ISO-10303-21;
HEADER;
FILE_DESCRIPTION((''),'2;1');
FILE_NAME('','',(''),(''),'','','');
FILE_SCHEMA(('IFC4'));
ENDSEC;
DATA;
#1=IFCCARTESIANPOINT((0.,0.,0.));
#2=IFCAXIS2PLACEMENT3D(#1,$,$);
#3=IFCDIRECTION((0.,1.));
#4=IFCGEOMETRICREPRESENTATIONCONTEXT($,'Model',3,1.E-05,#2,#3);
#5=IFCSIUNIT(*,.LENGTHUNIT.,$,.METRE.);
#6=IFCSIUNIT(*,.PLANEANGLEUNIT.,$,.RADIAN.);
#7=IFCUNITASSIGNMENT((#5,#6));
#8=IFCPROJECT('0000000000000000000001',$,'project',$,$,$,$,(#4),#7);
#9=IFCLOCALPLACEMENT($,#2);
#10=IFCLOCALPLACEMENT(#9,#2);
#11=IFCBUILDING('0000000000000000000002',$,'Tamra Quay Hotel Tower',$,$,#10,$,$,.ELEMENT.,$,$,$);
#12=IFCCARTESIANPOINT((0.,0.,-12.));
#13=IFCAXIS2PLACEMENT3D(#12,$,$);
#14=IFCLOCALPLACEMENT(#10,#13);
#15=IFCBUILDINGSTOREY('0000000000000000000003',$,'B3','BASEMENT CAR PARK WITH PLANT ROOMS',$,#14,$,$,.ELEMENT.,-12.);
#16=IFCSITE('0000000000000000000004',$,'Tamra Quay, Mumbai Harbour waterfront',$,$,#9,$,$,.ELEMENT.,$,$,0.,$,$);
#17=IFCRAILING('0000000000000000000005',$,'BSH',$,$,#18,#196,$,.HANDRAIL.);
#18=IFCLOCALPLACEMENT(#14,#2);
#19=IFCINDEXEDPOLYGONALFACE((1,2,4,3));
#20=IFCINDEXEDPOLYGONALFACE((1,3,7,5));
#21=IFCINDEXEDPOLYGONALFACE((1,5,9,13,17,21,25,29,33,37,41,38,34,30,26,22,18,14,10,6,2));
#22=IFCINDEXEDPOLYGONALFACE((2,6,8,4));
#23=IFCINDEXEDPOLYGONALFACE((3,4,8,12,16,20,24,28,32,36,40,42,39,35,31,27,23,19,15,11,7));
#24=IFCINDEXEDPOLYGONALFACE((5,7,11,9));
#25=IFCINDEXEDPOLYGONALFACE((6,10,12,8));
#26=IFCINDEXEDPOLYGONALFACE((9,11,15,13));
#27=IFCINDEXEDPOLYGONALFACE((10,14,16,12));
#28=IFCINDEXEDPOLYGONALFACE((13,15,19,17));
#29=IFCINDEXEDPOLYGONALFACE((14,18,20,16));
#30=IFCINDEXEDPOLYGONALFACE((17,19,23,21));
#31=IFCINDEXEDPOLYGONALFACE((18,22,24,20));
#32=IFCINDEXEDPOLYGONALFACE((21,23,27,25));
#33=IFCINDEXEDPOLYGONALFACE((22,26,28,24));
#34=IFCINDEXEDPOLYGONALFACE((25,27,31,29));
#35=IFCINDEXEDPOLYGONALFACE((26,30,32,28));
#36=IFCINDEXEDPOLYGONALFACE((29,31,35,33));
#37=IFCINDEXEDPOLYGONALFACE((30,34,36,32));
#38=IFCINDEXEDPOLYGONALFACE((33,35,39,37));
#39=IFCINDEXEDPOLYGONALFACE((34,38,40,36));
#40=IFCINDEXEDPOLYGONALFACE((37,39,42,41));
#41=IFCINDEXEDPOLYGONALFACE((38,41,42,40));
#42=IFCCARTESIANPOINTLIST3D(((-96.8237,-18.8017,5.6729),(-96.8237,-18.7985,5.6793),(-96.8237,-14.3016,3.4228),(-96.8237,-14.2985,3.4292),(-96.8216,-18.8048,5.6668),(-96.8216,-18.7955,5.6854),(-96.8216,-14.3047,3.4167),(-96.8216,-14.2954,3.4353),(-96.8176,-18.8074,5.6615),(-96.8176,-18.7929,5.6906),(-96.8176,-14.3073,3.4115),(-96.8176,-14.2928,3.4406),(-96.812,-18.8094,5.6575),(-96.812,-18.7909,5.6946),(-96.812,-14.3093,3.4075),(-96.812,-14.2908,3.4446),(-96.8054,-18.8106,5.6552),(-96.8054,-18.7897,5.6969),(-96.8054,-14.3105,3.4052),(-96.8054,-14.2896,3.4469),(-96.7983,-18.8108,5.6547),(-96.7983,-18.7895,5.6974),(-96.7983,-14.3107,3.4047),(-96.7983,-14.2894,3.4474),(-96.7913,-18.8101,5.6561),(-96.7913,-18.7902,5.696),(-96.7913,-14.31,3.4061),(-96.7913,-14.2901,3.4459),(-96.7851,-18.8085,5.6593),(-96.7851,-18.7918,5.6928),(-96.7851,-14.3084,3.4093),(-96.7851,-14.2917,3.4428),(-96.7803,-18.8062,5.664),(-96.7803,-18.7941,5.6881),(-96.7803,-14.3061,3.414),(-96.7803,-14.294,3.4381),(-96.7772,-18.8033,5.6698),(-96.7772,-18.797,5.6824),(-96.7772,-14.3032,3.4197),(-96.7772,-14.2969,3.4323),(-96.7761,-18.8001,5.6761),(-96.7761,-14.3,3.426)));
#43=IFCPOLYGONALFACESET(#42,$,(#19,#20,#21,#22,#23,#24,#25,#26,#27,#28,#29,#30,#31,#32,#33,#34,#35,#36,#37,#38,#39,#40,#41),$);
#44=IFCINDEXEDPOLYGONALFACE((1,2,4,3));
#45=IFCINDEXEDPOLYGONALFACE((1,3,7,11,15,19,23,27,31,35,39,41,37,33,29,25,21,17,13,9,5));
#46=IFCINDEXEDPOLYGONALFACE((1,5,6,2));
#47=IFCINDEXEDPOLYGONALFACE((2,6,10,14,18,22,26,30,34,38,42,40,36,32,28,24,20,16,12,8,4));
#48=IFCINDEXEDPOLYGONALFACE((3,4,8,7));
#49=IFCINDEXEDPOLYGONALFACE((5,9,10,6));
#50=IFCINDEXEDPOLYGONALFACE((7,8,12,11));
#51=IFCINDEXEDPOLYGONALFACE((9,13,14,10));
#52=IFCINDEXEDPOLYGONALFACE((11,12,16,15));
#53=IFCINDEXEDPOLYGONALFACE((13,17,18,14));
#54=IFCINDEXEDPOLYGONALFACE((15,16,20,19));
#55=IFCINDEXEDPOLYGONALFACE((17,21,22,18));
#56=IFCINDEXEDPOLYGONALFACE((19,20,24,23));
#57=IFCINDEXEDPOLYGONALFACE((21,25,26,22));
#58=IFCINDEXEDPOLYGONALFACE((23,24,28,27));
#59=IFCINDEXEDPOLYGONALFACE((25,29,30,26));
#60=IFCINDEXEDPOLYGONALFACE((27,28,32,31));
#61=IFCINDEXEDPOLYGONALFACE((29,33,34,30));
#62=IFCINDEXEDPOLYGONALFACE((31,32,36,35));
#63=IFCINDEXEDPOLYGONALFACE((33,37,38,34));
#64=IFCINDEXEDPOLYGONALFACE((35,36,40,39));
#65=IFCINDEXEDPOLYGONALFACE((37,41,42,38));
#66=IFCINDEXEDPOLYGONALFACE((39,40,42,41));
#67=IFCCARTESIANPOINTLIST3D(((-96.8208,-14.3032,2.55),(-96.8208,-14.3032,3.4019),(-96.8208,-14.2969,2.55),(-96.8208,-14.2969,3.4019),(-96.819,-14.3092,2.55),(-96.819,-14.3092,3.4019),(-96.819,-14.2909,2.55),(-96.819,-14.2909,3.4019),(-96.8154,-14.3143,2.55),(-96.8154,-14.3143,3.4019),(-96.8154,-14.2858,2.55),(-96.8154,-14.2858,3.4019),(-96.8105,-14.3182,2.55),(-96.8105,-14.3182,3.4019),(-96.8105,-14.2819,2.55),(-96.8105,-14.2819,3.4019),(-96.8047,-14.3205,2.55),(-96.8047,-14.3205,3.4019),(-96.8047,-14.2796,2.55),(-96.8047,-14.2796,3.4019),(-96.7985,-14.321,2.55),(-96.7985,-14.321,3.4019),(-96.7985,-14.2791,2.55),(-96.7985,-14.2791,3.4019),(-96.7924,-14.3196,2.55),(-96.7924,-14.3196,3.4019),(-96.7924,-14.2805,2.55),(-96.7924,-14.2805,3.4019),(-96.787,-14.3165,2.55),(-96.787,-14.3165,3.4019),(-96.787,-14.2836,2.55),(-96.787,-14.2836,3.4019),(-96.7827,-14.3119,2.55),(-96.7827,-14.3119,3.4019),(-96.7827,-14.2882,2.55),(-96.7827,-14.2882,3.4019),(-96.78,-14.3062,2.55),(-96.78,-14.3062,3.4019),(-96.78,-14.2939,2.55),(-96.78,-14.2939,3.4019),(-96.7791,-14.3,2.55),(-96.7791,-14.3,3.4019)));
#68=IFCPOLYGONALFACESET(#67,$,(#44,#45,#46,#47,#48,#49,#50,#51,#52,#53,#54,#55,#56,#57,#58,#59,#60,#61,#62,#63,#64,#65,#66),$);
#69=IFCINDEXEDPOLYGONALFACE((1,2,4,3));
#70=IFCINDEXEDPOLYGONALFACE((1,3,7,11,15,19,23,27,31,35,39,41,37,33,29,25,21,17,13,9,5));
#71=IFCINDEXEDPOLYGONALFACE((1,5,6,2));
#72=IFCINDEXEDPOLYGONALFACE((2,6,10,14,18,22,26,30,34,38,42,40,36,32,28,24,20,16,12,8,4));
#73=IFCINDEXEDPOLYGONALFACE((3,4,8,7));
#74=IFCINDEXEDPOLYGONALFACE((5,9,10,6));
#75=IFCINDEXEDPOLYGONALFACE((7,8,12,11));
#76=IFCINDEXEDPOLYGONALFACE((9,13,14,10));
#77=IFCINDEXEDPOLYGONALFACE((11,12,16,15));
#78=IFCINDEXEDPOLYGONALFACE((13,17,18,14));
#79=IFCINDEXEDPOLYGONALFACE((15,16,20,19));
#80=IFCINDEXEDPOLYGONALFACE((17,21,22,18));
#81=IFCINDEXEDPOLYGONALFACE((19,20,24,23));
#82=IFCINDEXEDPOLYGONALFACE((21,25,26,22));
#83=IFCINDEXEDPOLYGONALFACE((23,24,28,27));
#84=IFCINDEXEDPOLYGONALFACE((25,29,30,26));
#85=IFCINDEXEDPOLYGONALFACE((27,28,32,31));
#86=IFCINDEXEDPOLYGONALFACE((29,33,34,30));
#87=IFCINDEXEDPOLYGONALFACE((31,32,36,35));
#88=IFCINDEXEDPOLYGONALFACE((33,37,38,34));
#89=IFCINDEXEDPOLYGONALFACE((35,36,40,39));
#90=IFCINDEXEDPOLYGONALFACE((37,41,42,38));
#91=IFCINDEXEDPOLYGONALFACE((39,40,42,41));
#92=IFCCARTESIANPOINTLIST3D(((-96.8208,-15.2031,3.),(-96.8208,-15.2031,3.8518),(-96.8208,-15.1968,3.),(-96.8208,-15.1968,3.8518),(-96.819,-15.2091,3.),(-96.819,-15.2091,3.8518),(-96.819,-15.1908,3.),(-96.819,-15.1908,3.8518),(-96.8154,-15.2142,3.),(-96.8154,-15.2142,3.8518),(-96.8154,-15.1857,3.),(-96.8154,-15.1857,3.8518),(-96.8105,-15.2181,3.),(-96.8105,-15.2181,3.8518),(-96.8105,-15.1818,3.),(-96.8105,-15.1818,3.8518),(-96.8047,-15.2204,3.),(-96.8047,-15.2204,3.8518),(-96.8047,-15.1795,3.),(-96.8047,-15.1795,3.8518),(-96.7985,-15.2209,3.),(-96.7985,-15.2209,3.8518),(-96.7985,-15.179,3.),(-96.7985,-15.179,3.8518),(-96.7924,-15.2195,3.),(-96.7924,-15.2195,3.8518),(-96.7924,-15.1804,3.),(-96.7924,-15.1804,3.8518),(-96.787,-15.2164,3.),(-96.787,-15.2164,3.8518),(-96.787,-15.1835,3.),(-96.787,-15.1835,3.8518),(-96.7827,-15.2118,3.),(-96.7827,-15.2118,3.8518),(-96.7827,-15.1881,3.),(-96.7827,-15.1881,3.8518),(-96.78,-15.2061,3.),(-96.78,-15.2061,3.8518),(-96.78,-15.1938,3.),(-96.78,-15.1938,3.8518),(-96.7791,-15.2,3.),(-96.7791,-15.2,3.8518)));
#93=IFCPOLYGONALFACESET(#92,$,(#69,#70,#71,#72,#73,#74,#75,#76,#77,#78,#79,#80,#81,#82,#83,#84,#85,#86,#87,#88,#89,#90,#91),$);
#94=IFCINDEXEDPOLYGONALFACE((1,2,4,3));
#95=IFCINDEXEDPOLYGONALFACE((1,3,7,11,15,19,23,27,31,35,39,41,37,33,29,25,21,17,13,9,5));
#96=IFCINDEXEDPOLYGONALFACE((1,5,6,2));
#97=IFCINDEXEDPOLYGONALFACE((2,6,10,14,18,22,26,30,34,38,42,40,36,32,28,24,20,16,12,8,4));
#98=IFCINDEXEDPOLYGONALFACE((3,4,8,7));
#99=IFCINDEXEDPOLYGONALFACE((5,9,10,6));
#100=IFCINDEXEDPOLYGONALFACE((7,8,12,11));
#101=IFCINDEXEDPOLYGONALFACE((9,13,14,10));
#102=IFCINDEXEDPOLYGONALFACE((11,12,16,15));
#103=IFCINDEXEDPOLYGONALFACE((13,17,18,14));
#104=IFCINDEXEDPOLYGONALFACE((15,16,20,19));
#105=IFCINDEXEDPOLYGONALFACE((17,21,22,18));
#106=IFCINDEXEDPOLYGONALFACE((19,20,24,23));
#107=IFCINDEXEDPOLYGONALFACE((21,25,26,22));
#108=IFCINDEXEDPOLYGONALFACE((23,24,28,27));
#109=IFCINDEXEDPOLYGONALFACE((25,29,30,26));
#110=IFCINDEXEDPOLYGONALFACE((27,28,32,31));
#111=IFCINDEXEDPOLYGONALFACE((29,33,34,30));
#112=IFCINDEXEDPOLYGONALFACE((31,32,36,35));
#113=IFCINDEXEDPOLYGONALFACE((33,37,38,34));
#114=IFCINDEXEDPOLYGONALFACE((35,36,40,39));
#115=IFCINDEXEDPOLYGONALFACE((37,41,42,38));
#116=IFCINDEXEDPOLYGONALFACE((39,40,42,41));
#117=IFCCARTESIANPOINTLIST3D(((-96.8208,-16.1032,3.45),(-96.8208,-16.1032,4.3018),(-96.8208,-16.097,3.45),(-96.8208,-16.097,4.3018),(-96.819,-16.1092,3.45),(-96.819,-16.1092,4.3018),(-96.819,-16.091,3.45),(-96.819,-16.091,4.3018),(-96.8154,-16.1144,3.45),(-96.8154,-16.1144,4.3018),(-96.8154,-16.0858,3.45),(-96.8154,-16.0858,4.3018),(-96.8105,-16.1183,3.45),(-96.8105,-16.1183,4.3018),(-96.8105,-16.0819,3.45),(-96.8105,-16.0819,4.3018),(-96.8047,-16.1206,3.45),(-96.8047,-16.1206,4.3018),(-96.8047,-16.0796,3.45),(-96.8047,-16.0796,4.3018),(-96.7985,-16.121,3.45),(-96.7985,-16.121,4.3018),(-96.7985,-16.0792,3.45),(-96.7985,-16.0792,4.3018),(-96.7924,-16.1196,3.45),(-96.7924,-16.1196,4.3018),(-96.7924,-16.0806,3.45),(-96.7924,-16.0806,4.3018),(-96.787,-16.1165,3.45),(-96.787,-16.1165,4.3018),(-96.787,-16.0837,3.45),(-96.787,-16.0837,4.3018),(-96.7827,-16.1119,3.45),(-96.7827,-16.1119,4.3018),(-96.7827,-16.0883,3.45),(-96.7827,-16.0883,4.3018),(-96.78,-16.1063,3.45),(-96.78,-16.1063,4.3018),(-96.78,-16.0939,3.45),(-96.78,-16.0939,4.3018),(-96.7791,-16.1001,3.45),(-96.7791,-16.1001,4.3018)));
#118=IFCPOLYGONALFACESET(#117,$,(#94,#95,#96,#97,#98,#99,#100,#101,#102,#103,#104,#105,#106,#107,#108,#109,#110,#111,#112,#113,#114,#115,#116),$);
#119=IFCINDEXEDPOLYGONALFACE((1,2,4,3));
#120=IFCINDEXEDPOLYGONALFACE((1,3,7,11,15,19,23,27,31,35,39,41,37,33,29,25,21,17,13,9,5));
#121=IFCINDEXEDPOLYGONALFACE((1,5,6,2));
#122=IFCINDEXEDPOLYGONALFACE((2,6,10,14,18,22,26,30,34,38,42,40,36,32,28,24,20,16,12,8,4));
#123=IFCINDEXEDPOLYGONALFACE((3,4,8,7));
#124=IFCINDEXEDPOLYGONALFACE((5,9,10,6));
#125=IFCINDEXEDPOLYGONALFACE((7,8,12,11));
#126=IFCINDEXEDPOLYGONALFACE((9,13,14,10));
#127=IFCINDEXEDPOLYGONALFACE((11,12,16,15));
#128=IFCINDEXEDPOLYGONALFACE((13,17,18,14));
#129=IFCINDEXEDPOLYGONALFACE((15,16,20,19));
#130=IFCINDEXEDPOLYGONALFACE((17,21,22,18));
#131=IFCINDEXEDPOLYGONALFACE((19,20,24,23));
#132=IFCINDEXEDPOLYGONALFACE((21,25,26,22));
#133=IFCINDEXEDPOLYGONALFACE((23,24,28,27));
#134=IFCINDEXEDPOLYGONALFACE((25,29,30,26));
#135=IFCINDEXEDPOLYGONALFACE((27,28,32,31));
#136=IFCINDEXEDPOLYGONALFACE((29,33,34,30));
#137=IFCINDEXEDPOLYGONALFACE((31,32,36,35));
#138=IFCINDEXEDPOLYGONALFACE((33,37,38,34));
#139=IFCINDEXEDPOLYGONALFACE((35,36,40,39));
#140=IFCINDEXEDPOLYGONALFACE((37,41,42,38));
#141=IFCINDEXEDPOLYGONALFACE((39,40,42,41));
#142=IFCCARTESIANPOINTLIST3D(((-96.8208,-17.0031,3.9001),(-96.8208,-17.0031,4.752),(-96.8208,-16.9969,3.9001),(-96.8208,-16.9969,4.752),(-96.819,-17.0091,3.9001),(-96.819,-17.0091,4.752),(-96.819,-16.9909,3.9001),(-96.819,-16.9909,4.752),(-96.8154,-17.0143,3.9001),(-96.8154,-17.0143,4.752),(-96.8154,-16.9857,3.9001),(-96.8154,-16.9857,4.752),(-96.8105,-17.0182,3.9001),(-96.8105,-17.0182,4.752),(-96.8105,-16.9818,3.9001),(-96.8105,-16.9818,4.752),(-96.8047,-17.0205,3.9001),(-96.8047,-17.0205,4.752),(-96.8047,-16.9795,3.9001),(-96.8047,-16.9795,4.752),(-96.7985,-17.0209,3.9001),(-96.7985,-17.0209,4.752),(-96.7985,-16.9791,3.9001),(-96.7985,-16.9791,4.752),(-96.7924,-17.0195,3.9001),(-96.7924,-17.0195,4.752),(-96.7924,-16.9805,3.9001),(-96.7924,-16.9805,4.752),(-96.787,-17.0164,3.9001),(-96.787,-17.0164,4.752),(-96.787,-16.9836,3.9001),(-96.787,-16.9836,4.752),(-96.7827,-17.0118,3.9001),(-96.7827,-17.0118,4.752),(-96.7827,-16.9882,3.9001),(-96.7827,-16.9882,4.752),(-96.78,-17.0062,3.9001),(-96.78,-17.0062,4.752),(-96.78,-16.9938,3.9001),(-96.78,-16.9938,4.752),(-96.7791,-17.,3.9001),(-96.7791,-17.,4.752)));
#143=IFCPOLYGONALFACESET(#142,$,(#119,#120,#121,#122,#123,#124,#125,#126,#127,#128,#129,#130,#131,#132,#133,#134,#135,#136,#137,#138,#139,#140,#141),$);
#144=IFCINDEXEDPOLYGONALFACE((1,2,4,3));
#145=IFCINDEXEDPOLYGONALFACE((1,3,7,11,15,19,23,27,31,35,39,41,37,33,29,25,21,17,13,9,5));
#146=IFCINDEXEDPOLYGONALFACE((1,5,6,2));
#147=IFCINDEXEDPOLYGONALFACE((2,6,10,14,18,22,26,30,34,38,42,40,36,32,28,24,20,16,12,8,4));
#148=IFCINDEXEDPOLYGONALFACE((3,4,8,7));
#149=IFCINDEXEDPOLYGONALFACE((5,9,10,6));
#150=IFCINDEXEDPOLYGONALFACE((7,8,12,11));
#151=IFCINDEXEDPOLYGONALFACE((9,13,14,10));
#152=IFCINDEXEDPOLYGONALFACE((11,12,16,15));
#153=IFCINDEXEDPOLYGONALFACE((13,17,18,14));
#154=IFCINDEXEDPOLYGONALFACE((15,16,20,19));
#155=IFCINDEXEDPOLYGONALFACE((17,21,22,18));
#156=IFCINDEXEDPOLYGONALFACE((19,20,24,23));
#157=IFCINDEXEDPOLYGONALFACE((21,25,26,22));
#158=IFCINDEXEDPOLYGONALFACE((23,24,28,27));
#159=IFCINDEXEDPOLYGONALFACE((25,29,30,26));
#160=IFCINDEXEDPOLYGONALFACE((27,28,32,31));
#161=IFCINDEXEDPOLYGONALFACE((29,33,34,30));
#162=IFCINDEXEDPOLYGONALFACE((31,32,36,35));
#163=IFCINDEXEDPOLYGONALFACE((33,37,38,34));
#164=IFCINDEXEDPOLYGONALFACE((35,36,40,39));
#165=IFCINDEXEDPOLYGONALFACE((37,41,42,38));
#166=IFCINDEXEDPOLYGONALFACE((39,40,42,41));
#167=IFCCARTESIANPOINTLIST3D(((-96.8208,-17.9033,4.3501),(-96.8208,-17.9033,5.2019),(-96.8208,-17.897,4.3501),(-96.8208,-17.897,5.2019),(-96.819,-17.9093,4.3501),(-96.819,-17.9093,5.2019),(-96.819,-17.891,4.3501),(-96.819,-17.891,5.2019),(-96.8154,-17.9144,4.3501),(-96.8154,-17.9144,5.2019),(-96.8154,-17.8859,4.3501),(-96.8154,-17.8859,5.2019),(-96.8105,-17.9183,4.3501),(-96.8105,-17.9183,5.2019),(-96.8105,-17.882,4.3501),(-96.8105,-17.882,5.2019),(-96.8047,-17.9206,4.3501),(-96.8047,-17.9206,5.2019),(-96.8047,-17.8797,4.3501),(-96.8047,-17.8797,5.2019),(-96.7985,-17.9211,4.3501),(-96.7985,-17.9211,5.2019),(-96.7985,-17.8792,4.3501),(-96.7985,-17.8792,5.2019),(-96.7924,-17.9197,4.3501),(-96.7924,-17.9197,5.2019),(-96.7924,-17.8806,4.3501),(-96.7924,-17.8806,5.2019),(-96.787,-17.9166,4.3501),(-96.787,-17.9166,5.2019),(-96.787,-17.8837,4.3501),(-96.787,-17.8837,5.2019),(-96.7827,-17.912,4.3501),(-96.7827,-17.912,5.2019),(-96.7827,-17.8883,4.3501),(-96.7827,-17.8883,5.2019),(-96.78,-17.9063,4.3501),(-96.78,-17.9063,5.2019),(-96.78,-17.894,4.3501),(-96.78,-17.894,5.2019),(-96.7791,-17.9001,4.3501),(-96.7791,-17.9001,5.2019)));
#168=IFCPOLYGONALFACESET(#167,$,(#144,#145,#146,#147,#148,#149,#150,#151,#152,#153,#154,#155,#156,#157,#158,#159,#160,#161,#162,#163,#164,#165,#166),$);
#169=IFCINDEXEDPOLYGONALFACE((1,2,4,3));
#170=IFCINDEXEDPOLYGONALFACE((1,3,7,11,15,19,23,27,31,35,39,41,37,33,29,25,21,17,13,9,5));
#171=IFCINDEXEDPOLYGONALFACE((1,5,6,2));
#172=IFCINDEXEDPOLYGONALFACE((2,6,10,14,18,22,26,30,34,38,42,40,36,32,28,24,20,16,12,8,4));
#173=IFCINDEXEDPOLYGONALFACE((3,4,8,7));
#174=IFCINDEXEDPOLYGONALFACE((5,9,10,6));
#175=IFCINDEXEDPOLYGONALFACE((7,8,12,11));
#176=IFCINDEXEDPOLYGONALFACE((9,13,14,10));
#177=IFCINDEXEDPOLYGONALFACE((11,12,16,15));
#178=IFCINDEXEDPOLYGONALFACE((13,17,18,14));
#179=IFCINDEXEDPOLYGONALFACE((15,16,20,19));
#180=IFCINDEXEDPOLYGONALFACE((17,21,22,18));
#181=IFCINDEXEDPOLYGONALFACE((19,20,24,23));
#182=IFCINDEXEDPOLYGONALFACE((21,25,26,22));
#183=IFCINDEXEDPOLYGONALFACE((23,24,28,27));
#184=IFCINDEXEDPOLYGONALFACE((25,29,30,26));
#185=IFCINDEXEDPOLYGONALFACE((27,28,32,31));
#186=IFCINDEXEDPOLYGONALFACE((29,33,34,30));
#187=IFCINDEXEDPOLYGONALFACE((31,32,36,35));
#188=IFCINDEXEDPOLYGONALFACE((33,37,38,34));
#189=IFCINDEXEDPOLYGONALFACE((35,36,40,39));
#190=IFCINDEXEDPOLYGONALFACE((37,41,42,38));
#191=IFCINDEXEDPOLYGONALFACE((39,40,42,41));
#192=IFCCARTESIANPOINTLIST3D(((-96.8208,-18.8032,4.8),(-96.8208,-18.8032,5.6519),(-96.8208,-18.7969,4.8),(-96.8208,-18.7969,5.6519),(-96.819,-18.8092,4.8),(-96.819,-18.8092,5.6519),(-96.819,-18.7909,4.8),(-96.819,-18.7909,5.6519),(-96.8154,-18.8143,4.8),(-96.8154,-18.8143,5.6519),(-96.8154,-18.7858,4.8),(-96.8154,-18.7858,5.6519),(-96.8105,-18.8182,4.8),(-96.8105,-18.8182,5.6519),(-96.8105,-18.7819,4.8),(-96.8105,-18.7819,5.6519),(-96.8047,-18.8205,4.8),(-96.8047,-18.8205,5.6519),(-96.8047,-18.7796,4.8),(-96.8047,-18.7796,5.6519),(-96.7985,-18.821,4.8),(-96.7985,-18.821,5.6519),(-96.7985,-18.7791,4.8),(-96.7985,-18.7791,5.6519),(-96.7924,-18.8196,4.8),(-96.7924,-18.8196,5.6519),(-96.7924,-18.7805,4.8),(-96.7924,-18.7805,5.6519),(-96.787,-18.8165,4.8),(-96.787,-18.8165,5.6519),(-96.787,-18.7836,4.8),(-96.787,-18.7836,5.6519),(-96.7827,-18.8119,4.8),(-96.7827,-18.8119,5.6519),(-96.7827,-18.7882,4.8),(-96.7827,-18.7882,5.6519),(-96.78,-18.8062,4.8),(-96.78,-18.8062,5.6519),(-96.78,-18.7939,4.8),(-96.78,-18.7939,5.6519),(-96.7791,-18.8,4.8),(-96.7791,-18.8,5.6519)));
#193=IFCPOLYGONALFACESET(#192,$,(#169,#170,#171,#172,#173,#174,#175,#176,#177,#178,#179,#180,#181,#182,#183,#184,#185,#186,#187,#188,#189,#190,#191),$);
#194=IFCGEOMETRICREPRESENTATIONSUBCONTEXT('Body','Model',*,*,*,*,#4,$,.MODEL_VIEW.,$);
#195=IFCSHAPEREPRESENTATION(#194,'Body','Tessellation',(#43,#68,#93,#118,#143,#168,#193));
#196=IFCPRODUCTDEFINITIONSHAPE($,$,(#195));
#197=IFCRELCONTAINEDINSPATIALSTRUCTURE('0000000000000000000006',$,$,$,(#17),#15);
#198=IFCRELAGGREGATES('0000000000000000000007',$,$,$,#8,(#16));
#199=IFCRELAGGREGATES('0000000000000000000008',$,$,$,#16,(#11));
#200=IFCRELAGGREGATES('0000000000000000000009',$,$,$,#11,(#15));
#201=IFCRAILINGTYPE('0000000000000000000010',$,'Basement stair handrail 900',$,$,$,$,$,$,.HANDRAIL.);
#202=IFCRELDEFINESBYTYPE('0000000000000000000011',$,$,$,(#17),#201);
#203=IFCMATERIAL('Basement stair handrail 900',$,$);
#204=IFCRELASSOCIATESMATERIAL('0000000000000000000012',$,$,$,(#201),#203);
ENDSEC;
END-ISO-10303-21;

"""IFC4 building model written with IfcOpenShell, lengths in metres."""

from ifc_helpers import new_model, si_unit, direction, frame, origin, origin_2d, place, context, subcontext, project, spatial, circle, extrude, material, type_object, element, save


model = new_model("IFC4")

# Units and contexts
model_context = context("Model", 3, precision=1e-05, world=origin(), true_north=direction((0.0, 1.0)))
body_context = subcontext(model_context, "Body", "Model", "MODEL_VIEW")
ifc_project = project(units=[si_unit("LENGTHUNIT", "METRE"), si_unit("PLANEANGLEUNIT", "RADIAN")], contexts=[model_context])

# Site, building, storey
site_placement = place(None, origin())
site = spatial("IfcSite", under=ifc_project, at=site_placement, Name="Tamra Quay, Mumbai Harbour waterfront", CompositionType="ELEMENT", RefElevation=0.0)
building_placement = place(site_placement, origin())
building = spatial("IfcBuilding", under=site, at=building_placement, Name="Tamra Quay Hotel Tower", CompositionType="ELEMENT")
storey_placement = place(building_placement, frame((0.0, 0.0, -12.0)))
storey = spatial("IfcBuildingStorey", under=building, at=storey_placement, Name="B3", Description="BASEMENT CAR PARK WITH PLANT ROOMS", CompositionType="ELEMENT", Elevation=-12.0)

# Railing
ifc_material_1 = material(Name="Basement stair handrail 900")
railing_type_1 = type_object("IfcRailingType", Name="Basement stair handrail 900", PredefinedType="HANDRAIL", material=ifc_material_1)
railing_1_placement = place(storey_placement, frame((-96.8, -14.3, 2.55)))
element("IfcRailing", 1, at=railing_1_placement, inside=storey, type_object=railing_type_1, Name="BSH", PredefinedType="HANDRAIL", context=body_context, shape_type="SweptSolid", body=[
    extrude(circle(Radius=0.0239, at=origin_2d()), frame((0.0, 0.0, 0.876), z_axis=(0.0, -0.894427, 0.447214), x_axis=(1.0, 0.0, 0.0)), (0.0, 0.0, 1.0), 5.0312),
    extrude(circle(Radius=0.021, at=origin_2d()), origin(), (0.0, 0.0, 1.0), 0.8518),
    extrude(circle(Radius=0.021, at=origin_2d()), frame((0.0, -0.8999, 0.45)), (0.0, 0.0, 1.0), 0.8518),
    extrude(circle(Radius=0.021, at=origin_2d()), frame((0.0, -1.8, 0.8999)), (0.0, 0.0, 1.0), 0.8518),
    extrude(circle(Radius=0.021, at=origin_2d()), frame((0.0, -2.7, 1.3501)), (0.0, 0.0, 1.0), 0.8518),
    extrude(circle(Radius=0.021, at=origin_2d()), frame((0.0, -3.6001, 1.8)), (0.0, 0.0, 1.0), 0.8518),
    extrude(circle(Radius=0.021, at=origin_2d()), frame((0.0, -4.5, 2.25)), (0.0, 0.0, 1.0), 0.8518),
])

save(model, "model.ifc")
